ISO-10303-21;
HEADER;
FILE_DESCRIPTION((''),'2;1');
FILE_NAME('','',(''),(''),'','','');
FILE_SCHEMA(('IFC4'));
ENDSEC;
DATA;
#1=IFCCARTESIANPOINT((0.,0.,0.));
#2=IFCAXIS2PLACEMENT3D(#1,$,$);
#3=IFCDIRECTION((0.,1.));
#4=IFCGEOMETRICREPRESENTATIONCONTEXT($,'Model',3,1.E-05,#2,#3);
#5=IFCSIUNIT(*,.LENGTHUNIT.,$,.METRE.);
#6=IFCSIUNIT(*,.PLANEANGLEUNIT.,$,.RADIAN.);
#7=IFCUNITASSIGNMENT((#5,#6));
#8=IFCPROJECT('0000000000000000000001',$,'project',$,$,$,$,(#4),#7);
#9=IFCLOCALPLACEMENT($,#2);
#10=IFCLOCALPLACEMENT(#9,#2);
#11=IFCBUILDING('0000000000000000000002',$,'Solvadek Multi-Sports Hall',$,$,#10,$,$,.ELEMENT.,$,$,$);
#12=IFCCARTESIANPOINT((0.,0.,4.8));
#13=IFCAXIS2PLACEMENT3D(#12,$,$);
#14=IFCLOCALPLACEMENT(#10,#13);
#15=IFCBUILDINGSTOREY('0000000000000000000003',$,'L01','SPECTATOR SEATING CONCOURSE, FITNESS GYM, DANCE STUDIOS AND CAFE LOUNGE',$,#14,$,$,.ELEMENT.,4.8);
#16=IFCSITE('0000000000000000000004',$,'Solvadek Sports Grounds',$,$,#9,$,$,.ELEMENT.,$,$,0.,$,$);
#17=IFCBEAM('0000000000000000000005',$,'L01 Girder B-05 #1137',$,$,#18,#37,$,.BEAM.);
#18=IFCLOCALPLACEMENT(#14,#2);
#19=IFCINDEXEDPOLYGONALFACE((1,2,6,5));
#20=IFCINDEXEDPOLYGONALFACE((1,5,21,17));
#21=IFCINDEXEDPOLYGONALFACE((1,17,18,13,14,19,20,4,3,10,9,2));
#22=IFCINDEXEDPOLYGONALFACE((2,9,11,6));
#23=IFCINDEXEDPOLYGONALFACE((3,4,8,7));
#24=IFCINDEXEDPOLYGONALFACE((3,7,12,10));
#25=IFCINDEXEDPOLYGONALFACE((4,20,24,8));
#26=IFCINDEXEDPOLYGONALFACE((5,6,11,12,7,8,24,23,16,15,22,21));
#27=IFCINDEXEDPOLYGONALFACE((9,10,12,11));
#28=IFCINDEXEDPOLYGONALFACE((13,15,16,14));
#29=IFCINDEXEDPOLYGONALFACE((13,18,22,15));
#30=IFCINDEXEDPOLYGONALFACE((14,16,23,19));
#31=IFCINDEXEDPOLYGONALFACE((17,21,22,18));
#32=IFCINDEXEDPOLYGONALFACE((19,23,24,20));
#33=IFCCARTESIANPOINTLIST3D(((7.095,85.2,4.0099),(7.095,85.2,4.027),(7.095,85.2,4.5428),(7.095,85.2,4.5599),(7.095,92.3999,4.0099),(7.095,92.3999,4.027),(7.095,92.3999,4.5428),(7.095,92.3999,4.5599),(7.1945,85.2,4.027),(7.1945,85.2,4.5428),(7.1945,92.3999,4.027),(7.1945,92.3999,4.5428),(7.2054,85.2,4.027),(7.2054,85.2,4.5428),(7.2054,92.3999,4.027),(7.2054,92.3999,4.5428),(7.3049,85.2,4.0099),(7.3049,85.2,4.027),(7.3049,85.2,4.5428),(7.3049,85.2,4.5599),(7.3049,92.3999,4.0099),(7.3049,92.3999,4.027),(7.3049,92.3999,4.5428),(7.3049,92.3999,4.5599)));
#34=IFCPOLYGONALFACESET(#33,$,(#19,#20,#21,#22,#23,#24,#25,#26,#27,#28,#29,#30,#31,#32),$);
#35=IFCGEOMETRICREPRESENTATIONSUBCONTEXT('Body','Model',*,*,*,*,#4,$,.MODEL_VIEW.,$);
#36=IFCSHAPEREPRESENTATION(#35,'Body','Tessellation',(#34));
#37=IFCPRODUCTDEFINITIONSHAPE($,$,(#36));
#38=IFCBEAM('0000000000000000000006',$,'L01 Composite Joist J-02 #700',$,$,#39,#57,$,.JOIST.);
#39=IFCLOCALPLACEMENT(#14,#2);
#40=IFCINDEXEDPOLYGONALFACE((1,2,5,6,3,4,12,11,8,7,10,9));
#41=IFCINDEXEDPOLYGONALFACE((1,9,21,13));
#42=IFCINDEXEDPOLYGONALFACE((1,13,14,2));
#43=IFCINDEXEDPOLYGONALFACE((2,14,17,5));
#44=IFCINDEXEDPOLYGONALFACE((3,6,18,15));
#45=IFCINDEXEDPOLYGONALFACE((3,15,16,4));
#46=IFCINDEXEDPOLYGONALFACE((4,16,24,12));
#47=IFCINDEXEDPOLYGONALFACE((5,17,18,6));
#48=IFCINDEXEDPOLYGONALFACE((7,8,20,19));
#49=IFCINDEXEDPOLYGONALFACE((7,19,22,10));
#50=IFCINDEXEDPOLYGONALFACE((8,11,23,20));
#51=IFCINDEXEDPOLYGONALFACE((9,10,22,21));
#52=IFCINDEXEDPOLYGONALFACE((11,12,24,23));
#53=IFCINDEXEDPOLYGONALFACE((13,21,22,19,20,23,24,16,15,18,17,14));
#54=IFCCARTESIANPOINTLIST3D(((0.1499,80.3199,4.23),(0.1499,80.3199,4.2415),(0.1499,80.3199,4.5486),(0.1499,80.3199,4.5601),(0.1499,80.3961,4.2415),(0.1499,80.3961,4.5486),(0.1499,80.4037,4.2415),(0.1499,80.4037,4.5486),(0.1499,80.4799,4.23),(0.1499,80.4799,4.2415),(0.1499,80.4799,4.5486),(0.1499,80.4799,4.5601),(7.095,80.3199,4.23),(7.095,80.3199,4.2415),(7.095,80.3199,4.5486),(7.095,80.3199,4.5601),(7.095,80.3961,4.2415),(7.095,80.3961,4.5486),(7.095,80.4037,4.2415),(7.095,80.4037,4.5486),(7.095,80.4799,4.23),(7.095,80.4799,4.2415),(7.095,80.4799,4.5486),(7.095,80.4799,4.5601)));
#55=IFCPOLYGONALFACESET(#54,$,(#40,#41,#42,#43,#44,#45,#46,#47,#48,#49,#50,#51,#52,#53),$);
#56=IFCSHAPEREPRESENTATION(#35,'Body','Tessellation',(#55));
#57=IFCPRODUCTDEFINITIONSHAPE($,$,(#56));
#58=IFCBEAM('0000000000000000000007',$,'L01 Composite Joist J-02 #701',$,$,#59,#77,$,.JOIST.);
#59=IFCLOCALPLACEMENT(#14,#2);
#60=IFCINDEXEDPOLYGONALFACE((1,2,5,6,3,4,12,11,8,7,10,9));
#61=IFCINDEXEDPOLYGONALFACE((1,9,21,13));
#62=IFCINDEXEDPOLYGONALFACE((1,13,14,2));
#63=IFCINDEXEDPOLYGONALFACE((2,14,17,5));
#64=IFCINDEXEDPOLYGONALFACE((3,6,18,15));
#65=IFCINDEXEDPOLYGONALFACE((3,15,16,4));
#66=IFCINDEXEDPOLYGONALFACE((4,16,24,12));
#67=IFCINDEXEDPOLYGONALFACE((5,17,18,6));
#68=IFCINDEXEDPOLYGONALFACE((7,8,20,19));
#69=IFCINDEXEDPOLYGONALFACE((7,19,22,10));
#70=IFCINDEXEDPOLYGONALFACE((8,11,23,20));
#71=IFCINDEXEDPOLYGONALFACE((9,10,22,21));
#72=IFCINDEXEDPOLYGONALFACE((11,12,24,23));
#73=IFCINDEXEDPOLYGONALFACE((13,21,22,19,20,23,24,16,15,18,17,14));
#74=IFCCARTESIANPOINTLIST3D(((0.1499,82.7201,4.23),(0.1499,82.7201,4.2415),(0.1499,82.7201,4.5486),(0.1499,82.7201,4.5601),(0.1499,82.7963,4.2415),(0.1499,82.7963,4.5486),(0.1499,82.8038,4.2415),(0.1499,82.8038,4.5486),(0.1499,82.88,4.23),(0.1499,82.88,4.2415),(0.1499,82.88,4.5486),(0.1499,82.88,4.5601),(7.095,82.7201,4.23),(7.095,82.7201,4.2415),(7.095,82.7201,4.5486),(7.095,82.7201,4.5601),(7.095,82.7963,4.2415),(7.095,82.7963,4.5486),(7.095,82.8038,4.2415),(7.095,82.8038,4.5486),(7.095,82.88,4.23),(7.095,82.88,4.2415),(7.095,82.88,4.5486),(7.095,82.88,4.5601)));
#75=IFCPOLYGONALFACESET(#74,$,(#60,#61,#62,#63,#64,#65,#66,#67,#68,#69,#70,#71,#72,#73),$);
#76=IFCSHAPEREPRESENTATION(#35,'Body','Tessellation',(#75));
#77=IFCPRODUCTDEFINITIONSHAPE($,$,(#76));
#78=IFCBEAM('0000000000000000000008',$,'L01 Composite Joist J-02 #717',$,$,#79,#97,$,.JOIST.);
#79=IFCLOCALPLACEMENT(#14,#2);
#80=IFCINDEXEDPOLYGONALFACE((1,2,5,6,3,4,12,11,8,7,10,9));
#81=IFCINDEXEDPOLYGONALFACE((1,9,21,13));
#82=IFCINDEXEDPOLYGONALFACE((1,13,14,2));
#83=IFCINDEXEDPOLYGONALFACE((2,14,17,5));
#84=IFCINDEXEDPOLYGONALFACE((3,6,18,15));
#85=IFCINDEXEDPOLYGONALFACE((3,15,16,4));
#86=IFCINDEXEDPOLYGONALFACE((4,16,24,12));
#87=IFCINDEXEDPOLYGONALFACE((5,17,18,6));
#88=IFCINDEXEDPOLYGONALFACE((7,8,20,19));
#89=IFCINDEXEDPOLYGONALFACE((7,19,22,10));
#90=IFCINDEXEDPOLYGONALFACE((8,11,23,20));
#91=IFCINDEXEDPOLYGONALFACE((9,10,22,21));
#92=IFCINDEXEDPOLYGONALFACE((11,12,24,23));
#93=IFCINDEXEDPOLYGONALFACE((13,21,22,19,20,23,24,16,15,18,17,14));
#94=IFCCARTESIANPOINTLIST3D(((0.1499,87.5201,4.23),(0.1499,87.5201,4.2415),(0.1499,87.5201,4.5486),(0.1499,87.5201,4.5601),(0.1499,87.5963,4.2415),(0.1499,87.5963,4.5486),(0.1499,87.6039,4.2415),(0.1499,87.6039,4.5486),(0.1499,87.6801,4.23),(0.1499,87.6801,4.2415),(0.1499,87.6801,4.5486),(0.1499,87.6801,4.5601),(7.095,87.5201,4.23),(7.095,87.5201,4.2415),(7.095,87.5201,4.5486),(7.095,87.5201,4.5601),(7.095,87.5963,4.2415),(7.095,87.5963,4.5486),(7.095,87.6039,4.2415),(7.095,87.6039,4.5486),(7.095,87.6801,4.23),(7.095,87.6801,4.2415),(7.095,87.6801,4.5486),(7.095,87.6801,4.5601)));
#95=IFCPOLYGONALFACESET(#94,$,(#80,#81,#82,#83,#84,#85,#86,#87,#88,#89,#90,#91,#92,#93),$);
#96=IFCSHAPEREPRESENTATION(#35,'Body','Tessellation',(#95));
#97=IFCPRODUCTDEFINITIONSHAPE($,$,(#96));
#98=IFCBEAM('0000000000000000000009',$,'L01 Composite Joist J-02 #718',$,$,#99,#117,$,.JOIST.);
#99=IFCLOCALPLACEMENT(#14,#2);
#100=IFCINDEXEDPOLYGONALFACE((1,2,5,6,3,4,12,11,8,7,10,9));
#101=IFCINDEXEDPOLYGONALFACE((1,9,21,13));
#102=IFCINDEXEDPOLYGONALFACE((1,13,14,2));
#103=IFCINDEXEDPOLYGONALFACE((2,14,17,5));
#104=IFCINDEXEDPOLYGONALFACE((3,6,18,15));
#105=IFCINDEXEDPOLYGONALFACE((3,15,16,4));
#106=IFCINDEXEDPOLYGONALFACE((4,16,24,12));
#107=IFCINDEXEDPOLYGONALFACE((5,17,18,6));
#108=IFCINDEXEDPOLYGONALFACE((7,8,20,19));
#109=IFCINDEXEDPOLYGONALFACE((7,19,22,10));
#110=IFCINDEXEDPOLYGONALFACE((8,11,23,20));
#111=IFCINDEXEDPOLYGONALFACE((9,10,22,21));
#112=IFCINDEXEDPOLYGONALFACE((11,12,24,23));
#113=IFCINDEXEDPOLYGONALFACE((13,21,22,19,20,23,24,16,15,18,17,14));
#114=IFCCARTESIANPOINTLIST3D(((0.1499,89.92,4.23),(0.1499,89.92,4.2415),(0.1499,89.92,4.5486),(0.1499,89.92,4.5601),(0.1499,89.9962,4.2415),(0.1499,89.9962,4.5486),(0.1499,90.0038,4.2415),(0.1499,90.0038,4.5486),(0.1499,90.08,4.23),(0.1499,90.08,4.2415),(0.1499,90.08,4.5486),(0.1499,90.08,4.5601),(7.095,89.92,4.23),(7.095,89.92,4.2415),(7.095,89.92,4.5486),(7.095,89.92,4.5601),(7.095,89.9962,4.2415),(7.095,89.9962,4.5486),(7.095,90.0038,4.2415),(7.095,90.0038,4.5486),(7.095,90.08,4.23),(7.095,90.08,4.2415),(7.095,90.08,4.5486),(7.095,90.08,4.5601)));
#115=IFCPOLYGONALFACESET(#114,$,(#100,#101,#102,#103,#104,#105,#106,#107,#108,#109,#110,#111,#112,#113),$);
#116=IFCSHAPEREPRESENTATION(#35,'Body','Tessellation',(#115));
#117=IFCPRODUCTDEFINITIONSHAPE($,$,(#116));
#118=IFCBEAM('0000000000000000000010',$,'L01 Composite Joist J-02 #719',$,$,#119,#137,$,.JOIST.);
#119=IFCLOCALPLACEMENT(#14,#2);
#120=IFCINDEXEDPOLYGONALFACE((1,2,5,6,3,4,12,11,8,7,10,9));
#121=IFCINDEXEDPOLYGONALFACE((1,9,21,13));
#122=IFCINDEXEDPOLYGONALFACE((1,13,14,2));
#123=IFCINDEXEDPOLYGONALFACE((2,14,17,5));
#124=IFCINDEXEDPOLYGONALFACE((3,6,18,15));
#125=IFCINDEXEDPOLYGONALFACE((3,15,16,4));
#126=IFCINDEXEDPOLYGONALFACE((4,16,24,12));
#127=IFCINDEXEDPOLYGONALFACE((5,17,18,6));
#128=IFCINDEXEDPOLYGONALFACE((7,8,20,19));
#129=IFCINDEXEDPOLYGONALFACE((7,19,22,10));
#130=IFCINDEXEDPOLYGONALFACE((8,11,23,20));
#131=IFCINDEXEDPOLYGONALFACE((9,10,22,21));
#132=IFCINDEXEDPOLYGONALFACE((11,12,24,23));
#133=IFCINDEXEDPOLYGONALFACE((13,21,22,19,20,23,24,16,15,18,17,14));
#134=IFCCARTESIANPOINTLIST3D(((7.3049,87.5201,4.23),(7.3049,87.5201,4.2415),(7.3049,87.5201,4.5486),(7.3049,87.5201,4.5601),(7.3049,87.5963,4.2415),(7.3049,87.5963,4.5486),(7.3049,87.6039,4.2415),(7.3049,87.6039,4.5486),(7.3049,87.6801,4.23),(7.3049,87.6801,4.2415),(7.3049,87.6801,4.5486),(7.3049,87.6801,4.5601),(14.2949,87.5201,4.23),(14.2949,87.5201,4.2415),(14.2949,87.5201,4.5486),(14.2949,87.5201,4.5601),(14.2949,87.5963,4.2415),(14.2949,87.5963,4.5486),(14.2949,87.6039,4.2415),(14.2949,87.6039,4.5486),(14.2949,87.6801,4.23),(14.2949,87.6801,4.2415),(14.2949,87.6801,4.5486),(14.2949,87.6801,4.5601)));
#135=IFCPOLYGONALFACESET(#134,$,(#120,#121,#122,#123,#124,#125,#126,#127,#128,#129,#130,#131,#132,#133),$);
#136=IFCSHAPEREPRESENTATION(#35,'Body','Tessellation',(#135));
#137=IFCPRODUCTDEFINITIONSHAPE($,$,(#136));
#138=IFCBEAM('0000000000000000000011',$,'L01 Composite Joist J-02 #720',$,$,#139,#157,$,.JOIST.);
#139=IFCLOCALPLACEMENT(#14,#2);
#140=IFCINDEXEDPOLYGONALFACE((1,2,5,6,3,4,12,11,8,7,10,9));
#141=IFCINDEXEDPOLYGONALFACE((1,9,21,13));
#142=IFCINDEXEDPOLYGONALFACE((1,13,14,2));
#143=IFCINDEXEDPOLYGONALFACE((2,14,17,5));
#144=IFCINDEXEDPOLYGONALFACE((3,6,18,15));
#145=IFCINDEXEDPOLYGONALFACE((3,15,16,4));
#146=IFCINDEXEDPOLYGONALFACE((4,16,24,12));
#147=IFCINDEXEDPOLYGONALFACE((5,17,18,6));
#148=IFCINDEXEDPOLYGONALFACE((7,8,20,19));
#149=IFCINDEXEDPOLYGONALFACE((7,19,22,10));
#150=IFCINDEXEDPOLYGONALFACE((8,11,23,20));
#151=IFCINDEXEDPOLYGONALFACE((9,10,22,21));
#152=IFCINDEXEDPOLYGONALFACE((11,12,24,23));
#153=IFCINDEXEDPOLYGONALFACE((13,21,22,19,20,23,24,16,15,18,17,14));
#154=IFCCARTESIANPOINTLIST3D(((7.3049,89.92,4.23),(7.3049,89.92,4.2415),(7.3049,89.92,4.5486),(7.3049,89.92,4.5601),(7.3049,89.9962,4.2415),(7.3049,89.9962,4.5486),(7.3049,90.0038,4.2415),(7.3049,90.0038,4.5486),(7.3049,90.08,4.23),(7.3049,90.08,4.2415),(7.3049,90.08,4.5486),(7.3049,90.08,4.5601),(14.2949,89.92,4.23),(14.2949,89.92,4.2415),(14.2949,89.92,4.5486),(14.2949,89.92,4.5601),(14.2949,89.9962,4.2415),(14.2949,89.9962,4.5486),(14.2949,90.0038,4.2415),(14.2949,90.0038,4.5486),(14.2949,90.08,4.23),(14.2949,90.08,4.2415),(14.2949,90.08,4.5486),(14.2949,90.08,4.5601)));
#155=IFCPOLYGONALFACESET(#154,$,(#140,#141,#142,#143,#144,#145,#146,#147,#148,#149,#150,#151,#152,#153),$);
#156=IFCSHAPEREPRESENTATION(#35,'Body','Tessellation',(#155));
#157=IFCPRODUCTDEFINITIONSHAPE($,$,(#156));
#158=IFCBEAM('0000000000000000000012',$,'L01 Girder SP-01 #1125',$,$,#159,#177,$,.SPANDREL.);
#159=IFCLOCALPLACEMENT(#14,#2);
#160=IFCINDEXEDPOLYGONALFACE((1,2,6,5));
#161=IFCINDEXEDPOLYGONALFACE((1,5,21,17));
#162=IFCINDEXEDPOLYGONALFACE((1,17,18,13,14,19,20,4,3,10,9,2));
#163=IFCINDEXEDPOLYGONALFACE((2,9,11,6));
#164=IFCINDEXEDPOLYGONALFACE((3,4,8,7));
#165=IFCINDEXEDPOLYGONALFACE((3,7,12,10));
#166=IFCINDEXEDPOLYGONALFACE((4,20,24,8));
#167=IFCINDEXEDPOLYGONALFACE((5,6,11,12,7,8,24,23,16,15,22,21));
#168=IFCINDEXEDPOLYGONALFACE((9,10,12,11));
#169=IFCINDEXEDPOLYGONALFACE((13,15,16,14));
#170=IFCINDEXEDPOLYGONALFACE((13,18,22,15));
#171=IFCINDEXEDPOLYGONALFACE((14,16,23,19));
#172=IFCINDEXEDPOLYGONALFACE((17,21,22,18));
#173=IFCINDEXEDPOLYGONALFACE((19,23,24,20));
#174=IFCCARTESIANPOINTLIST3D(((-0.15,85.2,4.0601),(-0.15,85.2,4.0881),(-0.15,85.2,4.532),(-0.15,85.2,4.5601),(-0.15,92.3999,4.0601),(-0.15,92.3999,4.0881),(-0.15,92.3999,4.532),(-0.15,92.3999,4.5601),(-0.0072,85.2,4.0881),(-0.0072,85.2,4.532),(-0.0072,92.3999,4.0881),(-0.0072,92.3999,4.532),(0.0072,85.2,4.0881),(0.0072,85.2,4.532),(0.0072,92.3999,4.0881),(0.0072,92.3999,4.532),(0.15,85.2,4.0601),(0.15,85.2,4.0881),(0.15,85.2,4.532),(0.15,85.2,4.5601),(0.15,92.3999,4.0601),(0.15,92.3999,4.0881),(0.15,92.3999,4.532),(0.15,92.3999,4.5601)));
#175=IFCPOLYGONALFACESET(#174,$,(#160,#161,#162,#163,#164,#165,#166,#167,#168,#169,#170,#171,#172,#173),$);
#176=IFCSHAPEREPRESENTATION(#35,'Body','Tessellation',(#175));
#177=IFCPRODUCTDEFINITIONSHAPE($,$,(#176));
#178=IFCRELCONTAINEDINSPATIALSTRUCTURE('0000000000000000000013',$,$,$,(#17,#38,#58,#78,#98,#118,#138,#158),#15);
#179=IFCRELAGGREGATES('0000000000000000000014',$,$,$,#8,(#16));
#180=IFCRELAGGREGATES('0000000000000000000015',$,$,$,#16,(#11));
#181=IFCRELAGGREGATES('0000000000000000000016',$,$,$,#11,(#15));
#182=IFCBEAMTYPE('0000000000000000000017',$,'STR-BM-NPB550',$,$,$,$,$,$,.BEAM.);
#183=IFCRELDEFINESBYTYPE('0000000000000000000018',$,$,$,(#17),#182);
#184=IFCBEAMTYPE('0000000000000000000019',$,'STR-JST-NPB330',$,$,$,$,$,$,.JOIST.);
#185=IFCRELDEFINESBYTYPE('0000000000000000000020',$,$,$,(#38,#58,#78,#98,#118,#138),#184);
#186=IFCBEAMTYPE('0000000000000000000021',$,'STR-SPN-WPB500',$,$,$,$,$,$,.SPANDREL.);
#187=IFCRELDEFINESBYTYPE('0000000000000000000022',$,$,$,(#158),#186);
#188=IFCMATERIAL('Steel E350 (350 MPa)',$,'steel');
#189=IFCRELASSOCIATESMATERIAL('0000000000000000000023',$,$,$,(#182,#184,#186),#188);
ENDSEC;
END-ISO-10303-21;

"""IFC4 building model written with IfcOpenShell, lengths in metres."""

from ifc_helpers import new_model, si_unit, direction, frame, origin, origin_2d, place, context, subcontext, project, spatial, i_section, extrude, material, material_profile, profile_set, type_object, element, save


model = new_model("IFC4")

# Units and contexts
model_context = context("Model", 3, precision=1e-05, world=origin(), true_north=direction((0.0, 1.0)))
body_context = subcontext(model_context, "Body", "Model", "MODEL_VIEW")
ifc_project = project(units=[si_unit("LENGTHUNIT", "METRE"), si_unit("PLANEANGLEUNIT", "RADIAN")], contexts=[model_context])

# Site, building, storey
site_placement = place(None, origin())
site = spatial("IfcSite", under=ifc_project, at=site_placement, Name="Solvadek Sports Grounds", CompositionType="ELEMENT", RefElevation=0.0)
building_placement = place(site_placement, origin())
building = spatial("IfcBuilding", under=site, at=building_placement, Name="Solvadek Multi-Sports Hall", CompositionType="ELEMENT")
storey_placement = place(building_placement, frame((0.0, 0.0, 4.8)))
storey = spatial("IfcBuildingStorey", under=building, at=storey_placement, Name="L01", Description="SPECTATOR SEATING CONCOURSE, FITNESS GYM, DANCE STUDIOS AND CAFE LOUNGE", CompositionType="ELEMENT", Elevation=4.8)

# Shared definitions
ifc_material_1 = material(Name="Steel E350 (350 MPa)", Category="steel")

# Beams
ifc_material_profile_1 = material_profile(ifc_material_1, i_section(OverallWidth=0.21, OverallDepth=0.55, WebThickness=0.011, FlangeThickness=0.0171, at=origin_2d()), Name="NPB 550")
ifc_profile_set_1 = profile_set([ifc_material_profile_1], Name="Steel E350 (350 MPa)")
beam_type_1 = type_object("IfcBeamType", Name="STR-BM-NPB550", PredefinedType="BEAM", material=ifc_profile_set_1)
for number, where, z_axis, x_axis, name in (
    (1, (7.2, 85.2, 4.2849), (0.0, 1.0, 0.0), (-1.0, 0.0, 0.0), "L01 Girder B-05 #1137"),
):
    element("IfcBeam", number, at=place(storey_placement, frame(where, z_axis=z_axis, x_axis=x_axis)), inside=storey, type_object=beam_type_1, Name=name, PredefinedType="BEAM", context=body_context, shape_type="SweptSolid", body=[
        extrude(i_section(OverallWidth=0.21, OverallDepth=0.55, WebThickness=0.011, FlangeThickness=0.0171, at=origin_2d()), origin(), (0.0, 0.0, 1.0), 7.2),
    ])
ifc_material_profile_2 = material_profile(ifc_material_1, i_section(OverallWidth=0.1599, OverallDepth=0.3301, WebThickness=0.0076, FlangeThickness=0.0115, at=origin_2d()), Name="NPB 330")
ifc_profile_set_2 = profile_set([ifc_material_profile_2], Name="Steel E350 (350 MPa)")
beam_type_2 = type_object("IfcBeamType", Name="STR-JST-NPB330", PredefinedType="JOIST", material=ifc_profile_set_2)
for number, where, z_axis, x_axis, name in (
    (2, (0.1499, 80.3999, 4.395), (1.0, 0.0, 0.0), (0.0, 1.0, 0.0), "L01 Composite Joist J-02 #700"),
    (3, (0.1499, 82.8, 4.395), (1.0, 0.0, 0.0), (0.0, 1.0, 0.0), "L01 Composite Joist J-02 #701"),
    (4, (0.1499, 87.6001, 4.395), (1.0, 0.0, 0.0), (0.0, 1.0, 0.0), "L01 Composite Joist J-02 #717"),
    (5, (0.1499, 90.0, 4.395), (1.0, 0.0, 0.0), (0.0, 1.0, 0.0), "L01 Composite Joist J-02 #718"),
):
    element("IfcBeam", number, at=place(storey_placement, frame(where, z_axis=z_axis, x_axis=x_axis)), inside=storey, type_object=beam_type_2, Name=name, PredefinedType="JOIST", context=body_context, shape_type="SweptSolid", body=[
        extrude(i_section(OverallWidth=0.1599, OverallDepth=0.3301, WebThickness=0.0076, FlangeThickness=0.0115, at=origin_2d()), origin(), (0.0, 0.0, 1.0), 6.9451),
    ])
for number, where, z_axis, x_axis, name in (
    (6, (7.3049, 87.6001, 4.395), (1.0, 0.0, 0.0), (0.0, 1.0, 0.0), "L01 Composite Joist J-02 #719"),
    (7, (7.3049, 90.0, 4.395), (1.0, 0.0, 0.0), (0.0, 1.0, 0.0), "L01 Composite Joist J-02 #720"),
):
    element("IfcBeam", number, at=place(storey_placement, frame(where, z_axis=z_axis, x_axis=x_axis)), inside=storey, type_object=beam_type_2, Name=name, PredefinedType="JOIST", context=body_context, shape_type="SweptSolid", body=[
        extrude(i_section(OverallWidth=0.1599, OverallDepth=0.3301, WebThickness=0.0076, FlangeThickness=0.0115, at=origin_2d()), origin(), (0.0, 0.0, 1.0), 6.99),
    ])
ifc_material_profile_3 = material_profile(ifc_material_1, i_section(OverallWidth=0.3, OverallDepth=0.5, WebThickness=0.0144, FlangeThickness=0.0281, at=origin_2d()), Name="WPB 500")
ifc_profile_set_3 = profile_set([ifc_material_profile_3], Name="Steel E350 (350 MPa)")
beam_type_3 = type_object("IfcBeamType", Name="STR-SPN-WPB500", PredefinedType="SPANDREL", material=ifc_profile_set_3)
beam_1_placement = place(storey_placement, frame((0.0, 85.2, 4.3101), z_axis=(0.0, 1.0, 0.0), x_axis=(-1.0, 0.0, 0.0)))
element("IfcBeam", 8, at=beam_1_placement, inside=storey, type_object=beam_type_3, Name="L01 Girder SP-01 #1125", PredefinedType="SPANDREL", context=body_context, shape_type="SweptSolid", body=[
    extrude(i_section(OverallWidth=0.3, OverallDepth=0.5, WebThickness=0.0144, FlangeThickness=0.0281, at=origin_2d()), origin(), (0.0, 0.0, 1.0), 7.2),
])

save(model, "model.ifc")
